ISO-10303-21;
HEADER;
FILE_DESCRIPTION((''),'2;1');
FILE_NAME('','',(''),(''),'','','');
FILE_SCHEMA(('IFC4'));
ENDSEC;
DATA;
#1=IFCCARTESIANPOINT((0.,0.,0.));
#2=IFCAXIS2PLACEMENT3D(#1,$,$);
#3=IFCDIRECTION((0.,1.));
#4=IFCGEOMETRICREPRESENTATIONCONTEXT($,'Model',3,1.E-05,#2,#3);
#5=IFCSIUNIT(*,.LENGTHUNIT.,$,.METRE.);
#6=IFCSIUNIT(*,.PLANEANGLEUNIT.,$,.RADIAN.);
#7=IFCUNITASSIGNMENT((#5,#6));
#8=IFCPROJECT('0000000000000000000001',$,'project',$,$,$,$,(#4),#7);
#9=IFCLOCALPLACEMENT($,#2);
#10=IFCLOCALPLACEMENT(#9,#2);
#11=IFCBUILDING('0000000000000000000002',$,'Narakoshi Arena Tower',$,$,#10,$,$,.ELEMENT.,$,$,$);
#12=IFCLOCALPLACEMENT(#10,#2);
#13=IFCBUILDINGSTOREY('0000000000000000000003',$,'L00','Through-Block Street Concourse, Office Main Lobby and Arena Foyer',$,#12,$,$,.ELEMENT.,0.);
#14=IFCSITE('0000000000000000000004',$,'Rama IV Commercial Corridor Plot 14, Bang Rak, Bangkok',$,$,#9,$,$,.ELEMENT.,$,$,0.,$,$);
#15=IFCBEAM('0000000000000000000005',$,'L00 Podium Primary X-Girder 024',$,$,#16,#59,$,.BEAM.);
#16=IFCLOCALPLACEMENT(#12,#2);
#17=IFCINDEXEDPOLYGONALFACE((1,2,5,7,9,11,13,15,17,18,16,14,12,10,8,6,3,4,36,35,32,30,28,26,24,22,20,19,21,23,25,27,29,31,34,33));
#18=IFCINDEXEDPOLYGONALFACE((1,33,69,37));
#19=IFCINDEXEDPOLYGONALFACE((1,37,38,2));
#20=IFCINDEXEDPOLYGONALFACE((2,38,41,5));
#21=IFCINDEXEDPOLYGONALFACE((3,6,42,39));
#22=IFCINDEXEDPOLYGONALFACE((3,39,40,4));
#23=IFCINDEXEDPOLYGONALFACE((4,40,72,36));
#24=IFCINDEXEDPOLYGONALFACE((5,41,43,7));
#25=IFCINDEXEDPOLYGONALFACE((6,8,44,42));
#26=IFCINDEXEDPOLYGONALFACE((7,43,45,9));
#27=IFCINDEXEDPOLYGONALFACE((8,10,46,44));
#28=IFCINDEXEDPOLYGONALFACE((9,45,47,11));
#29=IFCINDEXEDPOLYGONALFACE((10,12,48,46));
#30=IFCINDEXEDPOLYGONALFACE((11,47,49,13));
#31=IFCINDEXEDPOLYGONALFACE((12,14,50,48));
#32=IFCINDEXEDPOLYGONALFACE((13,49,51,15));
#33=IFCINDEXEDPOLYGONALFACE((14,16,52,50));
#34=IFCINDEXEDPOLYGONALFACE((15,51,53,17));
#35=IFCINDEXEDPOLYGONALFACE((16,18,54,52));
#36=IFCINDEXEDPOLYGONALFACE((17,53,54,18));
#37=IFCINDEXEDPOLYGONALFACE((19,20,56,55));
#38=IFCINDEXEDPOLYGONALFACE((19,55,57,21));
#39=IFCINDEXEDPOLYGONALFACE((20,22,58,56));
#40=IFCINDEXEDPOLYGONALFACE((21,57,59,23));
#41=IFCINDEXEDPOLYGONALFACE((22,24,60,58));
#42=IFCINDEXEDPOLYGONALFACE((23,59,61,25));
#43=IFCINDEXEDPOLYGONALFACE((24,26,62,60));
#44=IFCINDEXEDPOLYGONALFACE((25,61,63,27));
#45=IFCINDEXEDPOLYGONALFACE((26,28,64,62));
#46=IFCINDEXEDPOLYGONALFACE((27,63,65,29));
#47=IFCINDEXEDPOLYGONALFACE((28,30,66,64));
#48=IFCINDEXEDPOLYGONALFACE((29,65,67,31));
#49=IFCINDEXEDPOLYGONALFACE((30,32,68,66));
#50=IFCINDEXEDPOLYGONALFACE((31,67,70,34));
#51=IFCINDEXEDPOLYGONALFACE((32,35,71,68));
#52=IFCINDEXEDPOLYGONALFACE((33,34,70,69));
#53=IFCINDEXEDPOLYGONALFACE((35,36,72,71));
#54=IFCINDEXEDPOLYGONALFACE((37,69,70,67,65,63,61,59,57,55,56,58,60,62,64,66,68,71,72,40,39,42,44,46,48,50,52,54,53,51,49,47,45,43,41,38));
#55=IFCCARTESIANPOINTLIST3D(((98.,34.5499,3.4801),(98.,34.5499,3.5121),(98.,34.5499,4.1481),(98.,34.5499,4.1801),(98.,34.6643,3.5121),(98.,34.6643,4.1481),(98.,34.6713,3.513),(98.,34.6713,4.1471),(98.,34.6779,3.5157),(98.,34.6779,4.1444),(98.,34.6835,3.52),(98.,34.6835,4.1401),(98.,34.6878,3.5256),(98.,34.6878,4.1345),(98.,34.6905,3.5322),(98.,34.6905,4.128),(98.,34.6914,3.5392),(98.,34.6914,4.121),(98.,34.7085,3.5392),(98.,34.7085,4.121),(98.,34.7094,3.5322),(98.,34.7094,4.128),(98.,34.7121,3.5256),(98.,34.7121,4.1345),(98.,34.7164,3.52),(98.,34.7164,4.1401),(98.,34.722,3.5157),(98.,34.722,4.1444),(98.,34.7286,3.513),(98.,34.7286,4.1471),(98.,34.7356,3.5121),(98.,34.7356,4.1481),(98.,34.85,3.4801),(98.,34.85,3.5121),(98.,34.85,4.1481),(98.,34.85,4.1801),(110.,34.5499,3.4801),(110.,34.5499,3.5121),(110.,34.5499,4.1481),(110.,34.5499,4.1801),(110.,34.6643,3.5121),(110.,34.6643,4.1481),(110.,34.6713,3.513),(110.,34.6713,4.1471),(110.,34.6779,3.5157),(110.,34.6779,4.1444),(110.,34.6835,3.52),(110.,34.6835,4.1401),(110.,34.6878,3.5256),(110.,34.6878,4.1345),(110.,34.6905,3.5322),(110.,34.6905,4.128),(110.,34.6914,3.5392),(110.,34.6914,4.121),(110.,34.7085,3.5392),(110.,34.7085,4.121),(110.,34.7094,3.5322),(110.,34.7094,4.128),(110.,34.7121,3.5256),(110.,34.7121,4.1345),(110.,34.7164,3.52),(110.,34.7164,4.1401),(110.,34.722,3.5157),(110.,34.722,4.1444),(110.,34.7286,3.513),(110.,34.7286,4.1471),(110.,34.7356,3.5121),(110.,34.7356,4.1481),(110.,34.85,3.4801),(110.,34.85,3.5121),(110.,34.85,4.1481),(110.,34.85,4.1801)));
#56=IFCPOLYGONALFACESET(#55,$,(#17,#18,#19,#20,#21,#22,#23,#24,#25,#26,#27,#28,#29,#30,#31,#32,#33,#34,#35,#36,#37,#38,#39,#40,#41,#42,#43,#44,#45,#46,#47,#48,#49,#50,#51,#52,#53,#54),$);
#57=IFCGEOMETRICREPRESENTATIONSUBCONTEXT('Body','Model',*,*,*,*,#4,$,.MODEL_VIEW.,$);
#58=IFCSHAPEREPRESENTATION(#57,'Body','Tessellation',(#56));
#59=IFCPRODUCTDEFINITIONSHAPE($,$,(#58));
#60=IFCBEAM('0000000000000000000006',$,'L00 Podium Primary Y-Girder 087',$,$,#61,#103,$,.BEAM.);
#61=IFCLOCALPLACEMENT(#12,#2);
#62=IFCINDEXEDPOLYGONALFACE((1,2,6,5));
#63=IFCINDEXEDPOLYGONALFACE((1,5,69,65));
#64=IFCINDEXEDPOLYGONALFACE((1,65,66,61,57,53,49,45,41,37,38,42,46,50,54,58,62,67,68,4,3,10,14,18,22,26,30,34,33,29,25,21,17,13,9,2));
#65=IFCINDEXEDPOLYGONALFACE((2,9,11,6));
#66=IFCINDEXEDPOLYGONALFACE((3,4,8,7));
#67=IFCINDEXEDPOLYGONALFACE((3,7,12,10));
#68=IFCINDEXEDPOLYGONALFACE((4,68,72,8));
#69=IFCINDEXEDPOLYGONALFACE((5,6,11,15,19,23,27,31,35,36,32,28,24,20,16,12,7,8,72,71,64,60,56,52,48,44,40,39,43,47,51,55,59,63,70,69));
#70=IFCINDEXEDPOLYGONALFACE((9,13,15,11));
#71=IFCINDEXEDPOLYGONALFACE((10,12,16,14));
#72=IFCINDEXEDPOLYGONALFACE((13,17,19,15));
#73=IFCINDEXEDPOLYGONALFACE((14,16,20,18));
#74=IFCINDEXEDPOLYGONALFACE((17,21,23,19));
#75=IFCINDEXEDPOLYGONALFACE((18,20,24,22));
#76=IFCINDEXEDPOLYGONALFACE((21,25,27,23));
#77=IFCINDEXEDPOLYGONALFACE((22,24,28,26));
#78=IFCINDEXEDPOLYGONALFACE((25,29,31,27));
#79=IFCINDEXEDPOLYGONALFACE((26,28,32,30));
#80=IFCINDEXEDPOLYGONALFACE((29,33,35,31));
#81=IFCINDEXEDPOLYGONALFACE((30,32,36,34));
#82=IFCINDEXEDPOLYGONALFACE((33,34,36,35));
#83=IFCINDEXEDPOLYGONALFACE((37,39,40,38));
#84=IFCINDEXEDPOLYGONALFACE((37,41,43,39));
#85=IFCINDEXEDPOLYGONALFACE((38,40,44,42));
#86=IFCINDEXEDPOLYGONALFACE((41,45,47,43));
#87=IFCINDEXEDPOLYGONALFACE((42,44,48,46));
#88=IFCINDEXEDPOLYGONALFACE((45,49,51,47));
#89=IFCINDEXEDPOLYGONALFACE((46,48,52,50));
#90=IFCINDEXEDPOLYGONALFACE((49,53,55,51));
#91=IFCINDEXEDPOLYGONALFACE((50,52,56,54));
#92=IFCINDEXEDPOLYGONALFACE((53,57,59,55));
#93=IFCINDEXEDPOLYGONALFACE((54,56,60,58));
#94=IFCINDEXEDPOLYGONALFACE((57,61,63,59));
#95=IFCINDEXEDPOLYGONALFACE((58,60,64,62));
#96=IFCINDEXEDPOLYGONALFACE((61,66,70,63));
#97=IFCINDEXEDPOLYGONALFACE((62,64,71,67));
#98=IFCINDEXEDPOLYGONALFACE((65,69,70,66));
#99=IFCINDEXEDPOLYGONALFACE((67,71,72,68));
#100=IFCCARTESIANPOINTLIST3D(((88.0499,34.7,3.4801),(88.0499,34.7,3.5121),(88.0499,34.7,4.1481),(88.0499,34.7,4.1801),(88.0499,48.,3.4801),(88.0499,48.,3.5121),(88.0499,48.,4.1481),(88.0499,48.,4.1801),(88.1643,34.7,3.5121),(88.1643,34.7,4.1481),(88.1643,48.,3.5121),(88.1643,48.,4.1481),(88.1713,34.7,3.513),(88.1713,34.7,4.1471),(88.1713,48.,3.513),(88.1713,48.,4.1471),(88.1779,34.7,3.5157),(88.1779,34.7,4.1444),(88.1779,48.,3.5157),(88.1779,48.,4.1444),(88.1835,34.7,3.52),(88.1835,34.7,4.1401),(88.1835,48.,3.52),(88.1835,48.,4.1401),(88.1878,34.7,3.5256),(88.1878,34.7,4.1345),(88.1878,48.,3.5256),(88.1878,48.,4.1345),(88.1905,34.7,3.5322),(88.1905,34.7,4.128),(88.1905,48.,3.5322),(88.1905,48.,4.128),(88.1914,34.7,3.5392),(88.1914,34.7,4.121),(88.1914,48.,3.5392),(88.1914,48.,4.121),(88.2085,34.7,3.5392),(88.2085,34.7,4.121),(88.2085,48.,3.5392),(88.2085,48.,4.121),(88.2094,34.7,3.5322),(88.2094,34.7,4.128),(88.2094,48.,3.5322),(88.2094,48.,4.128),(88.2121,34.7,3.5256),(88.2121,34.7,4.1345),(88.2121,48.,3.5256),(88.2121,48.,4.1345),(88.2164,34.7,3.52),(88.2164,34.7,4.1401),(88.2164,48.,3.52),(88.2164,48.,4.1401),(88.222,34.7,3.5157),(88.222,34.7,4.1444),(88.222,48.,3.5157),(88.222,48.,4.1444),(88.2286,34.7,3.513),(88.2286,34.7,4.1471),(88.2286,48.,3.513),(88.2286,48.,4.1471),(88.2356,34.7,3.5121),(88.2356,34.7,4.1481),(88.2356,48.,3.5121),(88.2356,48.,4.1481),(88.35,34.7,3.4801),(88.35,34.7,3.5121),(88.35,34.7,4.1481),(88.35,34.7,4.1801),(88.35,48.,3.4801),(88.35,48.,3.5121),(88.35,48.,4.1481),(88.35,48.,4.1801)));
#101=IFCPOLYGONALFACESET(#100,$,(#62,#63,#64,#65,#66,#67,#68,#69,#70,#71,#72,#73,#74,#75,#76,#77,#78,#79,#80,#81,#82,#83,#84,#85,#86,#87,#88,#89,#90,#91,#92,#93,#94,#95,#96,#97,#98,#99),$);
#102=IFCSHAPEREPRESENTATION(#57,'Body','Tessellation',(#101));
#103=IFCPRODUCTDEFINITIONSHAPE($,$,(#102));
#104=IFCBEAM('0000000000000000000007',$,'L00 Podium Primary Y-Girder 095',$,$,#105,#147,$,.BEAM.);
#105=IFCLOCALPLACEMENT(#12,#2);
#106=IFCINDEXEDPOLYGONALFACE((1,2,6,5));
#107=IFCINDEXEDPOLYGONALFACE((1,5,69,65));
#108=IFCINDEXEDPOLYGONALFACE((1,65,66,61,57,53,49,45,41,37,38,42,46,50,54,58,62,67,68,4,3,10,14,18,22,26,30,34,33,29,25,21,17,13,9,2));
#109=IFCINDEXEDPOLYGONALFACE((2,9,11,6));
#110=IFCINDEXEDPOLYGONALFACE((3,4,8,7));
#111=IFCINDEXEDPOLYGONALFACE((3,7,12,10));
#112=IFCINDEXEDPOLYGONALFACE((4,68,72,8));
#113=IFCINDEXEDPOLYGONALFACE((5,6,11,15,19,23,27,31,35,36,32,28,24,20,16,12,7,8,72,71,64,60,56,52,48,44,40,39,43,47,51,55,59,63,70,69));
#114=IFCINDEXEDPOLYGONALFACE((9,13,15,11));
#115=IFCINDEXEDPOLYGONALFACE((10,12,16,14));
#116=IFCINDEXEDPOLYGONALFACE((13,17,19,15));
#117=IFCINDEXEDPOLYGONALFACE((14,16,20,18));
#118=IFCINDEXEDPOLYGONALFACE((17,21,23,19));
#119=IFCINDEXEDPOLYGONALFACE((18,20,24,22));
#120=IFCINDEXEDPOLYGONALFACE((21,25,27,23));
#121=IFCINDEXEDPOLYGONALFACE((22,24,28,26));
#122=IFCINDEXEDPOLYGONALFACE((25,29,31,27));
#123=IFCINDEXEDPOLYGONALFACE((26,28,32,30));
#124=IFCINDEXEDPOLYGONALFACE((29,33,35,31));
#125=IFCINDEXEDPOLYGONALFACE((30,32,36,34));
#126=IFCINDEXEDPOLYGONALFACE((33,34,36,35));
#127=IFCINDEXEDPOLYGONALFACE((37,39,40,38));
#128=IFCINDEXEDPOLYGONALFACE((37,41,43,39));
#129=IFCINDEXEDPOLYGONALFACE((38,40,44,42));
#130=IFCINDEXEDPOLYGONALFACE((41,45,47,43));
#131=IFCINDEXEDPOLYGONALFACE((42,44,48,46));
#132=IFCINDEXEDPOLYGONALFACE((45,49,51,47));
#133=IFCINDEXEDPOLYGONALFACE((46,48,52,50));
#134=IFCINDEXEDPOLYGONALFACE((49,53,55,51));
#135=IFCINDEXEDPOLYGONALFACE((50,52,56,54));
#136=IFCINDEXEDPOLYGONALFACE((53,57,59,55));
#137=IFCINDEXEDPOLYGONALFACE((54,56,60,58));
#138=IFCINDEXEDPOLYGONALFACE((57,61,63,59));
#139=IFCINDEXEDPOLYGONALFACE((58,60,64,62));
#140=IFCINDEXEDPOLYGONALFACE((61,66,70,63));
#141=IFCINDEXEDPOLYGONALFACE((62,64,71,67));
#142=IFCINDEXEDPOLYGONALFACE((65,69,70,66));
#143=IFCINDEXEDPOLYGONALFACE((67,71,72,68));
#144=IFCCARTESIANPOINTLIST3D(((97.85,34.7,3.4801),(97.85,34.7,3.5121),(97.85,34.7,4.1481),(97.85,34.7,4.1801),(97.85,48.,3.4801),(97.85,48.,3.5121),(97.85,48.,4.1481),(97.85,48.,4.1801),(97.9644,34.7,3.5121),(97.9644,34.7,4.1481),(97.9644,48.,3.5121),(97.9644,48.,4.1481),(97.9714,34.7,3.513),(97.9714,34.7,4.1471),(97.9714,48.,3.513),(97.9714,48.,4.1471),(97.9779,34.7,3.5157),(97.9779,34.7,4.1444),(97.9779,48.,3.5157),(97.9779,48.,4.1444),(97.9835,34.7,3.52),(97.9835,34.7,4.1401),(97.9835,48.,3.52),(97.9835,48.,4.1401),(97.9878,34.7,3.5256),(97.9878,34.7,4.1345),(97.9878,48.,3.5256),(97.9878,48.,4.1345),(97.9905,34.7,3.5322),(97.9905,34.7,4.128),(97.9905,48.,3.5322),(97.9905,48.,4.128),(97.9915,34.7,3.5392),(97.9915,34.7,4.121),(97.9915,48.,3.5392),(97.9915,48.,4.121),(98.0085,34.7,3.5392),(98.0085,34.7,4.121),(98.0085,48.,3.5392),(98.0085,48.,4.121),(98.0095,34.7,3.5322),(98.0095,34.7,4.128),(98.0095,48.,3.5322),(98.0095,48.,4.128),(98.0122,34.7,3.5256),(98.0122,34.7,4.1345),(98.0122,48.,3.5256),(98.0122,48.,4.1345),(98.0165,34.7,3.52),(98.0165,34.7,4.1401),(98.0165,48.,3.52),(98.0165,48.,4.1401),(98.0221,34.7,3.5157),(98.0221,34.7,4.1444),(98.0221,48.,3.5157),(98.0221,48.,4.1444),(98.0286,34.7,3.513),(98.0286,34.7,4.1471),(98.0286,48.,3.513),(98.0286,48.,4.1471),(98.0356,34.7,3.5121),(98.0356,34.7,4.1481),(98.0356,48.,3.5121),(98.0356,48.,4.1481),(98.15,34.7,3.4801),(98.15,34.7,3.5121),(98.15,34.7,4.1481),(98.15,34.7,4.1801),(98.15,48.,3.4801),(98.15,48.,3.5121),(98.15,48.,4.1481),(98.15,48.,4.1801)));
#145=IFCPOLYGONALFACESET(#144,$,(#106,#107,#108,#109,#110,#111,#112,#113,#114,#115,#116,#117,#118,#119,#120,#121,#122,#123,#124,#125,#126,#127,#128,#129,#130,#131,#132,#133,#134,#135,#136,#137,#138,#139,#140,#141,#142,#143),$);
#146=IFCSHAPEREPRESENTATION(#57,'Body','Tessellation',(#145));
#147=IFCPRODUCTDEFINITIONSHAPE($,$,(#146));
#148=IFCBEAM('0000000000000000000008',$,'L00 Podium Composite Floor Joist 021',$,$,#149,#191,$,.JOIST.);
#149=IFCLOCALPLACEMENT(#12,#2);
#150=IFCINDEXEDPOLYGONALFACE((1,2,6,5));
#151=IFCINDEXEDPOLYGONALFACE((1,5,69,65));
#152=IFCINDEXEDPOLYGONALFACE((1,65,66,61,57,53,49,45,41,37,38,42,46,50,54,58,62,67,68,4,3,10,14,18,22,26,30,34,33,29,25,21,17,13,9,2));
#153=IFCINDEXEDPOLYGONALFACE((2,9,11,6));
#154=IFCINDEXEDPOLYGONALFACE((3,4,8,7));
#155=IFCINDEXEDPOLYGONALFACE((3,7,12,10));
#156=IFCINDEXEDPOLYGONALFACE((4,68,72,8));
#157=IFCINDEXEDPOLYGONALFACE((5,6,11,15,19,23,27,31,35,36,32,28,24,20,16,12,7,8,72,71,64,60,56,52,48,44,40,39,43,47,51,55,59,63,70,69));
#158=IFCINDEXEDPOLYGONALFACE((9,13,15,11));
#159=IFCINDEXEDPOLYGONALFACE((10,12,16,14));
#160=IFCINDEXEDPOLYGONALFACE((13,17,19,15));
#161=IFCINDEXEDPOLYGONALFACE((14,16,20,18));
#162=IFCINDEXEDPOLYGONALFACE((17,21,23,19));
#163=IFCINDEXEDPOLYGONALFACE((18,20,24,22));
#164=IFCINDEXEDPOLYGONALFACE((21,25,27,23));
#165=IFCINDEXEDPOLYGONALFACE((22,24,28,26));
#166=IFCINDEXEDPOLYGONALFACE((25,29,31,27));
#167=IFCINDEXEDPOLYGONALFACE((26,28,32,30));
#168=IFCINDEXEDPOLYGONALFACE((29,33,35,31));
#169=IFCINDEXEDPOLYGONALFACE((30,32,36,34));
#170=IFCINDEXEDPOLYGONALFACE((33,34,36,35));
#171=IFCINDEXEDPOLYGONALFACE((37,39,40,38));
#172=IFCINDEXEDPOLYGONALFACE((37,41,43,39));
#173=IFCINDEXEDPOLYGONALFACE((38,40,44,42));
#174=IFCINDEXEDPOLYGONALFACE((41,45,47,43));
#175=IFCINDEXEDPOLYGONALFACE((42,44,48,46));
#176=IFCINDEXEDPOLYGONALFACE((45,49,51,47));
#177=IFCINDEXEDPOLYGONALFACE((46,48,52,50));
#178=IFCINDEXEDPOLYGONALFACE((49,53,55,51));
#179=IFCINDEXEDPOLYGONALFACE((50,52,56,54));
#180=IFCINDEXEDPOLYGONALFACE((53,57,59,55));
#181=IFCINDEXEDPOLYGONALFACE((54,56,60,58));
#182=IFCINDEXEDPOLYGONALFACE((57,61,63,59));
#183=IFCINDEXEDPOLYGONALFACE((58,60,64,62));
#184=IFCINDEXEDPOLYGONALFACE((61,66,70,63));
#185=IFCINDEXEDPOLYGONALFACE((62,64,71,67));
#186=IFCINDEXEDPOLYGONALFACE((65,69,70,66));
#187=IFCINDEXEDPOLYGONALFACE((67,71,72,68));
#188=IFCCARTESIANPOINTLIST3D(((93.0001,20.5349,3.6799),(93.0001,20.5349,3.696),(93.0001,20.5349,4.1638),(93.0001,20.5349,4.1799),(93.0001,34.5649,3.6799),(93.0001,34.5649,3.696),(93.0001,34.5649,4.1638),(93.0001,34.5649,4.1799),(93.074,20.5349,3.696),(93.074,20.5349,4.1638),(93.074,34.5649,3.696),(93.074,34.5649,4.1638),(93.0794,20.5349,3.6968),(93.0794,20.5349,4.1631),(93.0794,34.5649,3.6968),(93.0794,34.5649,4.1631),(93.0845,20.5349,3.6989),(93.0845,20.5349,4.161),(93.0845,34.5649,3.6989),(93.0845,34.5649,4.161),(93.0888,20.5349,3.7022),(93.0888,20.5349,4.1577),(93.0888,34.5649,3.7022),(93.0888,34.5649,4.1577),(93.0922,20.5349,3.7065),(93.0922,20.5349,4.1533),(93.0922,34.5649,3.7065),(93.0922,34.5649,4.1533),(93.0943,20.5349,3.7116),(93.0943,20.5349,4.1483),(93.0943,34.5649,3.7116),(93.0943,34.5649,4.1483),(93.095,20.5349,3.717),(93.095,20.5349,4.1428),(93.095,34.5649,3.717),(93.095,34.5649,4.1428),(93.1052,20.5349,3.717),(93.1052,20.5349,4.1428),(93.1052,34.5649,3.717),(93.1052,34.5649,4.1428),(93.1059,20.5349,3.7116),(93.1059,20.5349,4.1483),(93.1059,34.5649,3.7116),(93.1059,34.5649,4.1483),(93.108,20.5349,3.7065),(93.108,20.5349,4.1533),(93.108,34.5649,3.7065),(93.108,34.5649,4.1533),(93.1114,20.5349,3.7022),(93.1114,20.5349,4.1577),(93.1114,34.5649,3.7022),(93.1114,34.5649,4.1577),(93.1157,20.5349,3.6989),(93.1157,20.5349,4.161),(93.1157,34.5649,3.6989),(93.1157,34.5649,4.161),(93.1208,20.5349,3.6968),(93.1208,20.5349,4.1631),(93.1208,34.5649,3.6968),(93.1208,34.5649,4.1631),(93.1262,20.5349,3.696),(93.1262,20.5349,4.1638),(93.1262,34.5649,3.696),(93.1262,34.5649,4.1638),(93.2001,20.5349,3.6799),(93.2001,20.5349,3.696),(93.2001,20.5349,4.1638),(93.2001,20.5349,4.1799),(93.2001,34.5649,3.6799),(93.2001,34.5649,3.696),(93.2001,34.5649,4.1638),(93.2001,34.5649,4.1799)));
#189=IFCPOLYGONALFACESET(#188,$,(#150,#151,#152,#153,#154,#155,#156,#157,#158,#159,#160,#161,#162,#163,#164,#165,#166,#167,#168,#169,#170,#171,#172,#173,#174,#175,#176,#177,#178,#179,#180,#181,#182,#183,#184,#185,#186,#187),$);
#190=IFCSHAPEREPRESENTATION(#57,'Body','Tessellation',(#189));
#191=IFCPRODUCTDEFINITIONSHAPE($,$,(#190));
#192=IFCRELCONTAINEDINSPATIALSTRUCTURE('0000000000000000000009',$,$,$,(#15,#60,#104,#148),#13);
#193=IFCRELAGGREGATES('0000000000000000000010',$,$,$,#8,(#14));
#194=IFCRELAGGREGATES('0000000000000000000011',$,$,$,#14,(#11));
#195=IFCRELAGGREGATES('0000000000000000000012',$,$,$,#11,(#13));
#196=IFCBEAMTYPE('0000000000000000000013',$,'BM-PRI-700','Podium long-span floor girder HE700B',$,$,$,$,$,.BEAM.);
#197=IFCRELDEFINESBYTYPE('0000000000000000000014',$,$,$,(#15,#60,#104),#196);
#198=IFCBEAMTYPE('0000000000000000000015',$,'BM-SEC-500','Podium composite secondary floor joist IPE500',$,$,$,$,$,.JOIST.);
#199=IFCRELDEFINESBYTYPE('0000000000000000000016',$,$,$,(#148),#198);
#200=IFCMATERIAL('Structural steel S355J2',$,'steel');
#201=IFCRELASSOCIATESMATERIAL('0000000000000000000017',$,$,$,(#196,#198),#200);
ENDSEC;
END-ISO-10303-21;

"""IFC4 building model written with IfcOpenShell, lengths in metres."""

from ifc_helpers import new_model, si_unit, direction, frame, origin, origin_2d, place, context, subcontext, project, spatial, i_section, extrude, material, material_profile, profile_set, type_object, element, save


model = new_model("IFC4")

# Units and contexts
model_context = context("Model", 3, precision=1e-05, world=origin(), true_north=direction((0.0, 1.0)))
body_context = subcontext(model_context, "Body", "Model", "MODEL_VIEW")
ifc_project = project(units=[si_unit("LENGTHUNIT", "METRE"), si_unit("PLANEANGLEUNIT", "RADIAN")], contexts=[model_context])

# Site, building, storey
site_placement = place(None, origin())
site = spatial("IfcSite", under=ifc_project, at=site_placement, Name="Rama IV Commercial Corridor Plot 14, Bang Rak, Bangkok", CompositionType="ELEMENT", RefElevation=0.0)
building_placement = place(site_placement, origin())
building = spatial("IfcBuilding", under=site, at=building_placement, Name="Narakoshi Arena Tower", CompositionType="ELEMENT")
storey_placement = place(building_placement, origin())
storey = spatial("IfcBuildingStorey", under=building, at=storey_placement, Name="L00", Description="Through-Block Street Concourse, Office Main Lobby and Arena Foyer", CompositionType="ELEMENT", Elevation=0.0)

# Beams
ifc_material_1 = material(Name="Structural steel S355J2", Category="steel")
ifc_material_profile_1 = material_profile(ifc_material_1, i_section(OverallWidth=0.3, OverallDepth=0.7, WebThickness=0.0171, FlangeThickness=0.032, FilletRadius=0.0271, at=origin_2d()), Name="HE700B")
ifc_profile_set_1 = profile_set([ifc_material_profile_1], Name="Structural steel S355J2")
beam_type_1 = type_object("IfcBeamType", Name="BM-PRI-700", Description="Podium long-span floor girder HE700B", PredefinedType="BEAM", material=ifc_profile_set_1)
beam_1_placement = place(storey_placement, frame((98.0, 34.7, 3.8301), z_axis=(1.0, 0.0, 0.0), x_axis=(0.0, 1.0, 0.0)))
element("IfcBeam", 1, at=beam_1_placement, inside=storey, type_object=beam_type_1, Name="L00 Podium Primary X-Girder 024", PredefinedType="BEAM", context=body_context, shape_type="SweptSolid", body=[
    extrude(i_section(OverallWidth=0.3, OverallDepth=0.7, WebThickness=0.0171, FlangeThickness=0.032, FilletRadius=0.0271, at=origin_2d()), origin(), (0.0, 0.0, 1.0), 12.0),
])
for number, where, z_axis, x_axis, name in (
    (2, (88.2, 34.7, 3.8301), (0.0, 1.0, 0.0), (-1.0, 0.0, 0.0), "L00 Podium Primary Y-Girder 087"),
    (3, (98.0, 34.7, 3.8301), (0.0, 1.0, 0.0), (-1.0, 0.0, 0.0), "L00 Podium Primary Y-Girder 095"),
):
    element("IfcBeam", number, at=place(storey_placement, frame(where, z_axis=z_axis, x_axis=x_axis)), inside=storey, type_object=beam_type_1, Name=name, PredefinedType="BEAM", context=body_context, shape_type="SweptSolid", body=[
        extrude(i_section(OverallWidth=0.3, OverallDepth=0.7, WebThickness=0.0171, FlangeThickness=0.032, FilletRadius=0.0271, at=origin_2d()), origin(), (0.0, 0.0, 1.0), 13.3),
    ])
ifc_material_profile_2 = material_profile(ifc_material_1, i_section(OverallWidth=0.2, OverallDepth=0.5, WebThickness=0.0103, FlangeThickness=0.0161, FilletRadius=0.021, at=origin_2d()), Name="IPE500")
ifc_profile_set_2 = profile_set([ifc_material_profile_2], Name="Structural steel S355J2")
beam_type_2 = type_object("IfcBeamType", Name="BM-SEC-500", Description="Podium composite secondary floor joist IPE500", PredefinedType="JOIST", material=ifc_profile_set_2)
beam_2_placement = place(storey_placement, frame((93.1001, 20.5349, 3.9299), z_axis=(0.0, 1.0, 0.0), x_axis=(-1.0, 0.0, 0.0)))
element("IfcBeam", 4, at=beam_2_placement, inside=storey, type_object=beam_type_2, Name="L00 Podium Composite Floor Joist 021", PredefinedType="JOIST", context=body_context, shape_type="SweptSolid", body=[
    extrude(i_section(OverallWidth=0.2, OverallDepth=0.5, WebThickness=0.0103, FlangeThickness=0.0161, FilletRadius=0.021, at=origin_2d()), origin(), (0.0, 0.0, 1.0), 14.03),
])

save(model, "model.ifc")
